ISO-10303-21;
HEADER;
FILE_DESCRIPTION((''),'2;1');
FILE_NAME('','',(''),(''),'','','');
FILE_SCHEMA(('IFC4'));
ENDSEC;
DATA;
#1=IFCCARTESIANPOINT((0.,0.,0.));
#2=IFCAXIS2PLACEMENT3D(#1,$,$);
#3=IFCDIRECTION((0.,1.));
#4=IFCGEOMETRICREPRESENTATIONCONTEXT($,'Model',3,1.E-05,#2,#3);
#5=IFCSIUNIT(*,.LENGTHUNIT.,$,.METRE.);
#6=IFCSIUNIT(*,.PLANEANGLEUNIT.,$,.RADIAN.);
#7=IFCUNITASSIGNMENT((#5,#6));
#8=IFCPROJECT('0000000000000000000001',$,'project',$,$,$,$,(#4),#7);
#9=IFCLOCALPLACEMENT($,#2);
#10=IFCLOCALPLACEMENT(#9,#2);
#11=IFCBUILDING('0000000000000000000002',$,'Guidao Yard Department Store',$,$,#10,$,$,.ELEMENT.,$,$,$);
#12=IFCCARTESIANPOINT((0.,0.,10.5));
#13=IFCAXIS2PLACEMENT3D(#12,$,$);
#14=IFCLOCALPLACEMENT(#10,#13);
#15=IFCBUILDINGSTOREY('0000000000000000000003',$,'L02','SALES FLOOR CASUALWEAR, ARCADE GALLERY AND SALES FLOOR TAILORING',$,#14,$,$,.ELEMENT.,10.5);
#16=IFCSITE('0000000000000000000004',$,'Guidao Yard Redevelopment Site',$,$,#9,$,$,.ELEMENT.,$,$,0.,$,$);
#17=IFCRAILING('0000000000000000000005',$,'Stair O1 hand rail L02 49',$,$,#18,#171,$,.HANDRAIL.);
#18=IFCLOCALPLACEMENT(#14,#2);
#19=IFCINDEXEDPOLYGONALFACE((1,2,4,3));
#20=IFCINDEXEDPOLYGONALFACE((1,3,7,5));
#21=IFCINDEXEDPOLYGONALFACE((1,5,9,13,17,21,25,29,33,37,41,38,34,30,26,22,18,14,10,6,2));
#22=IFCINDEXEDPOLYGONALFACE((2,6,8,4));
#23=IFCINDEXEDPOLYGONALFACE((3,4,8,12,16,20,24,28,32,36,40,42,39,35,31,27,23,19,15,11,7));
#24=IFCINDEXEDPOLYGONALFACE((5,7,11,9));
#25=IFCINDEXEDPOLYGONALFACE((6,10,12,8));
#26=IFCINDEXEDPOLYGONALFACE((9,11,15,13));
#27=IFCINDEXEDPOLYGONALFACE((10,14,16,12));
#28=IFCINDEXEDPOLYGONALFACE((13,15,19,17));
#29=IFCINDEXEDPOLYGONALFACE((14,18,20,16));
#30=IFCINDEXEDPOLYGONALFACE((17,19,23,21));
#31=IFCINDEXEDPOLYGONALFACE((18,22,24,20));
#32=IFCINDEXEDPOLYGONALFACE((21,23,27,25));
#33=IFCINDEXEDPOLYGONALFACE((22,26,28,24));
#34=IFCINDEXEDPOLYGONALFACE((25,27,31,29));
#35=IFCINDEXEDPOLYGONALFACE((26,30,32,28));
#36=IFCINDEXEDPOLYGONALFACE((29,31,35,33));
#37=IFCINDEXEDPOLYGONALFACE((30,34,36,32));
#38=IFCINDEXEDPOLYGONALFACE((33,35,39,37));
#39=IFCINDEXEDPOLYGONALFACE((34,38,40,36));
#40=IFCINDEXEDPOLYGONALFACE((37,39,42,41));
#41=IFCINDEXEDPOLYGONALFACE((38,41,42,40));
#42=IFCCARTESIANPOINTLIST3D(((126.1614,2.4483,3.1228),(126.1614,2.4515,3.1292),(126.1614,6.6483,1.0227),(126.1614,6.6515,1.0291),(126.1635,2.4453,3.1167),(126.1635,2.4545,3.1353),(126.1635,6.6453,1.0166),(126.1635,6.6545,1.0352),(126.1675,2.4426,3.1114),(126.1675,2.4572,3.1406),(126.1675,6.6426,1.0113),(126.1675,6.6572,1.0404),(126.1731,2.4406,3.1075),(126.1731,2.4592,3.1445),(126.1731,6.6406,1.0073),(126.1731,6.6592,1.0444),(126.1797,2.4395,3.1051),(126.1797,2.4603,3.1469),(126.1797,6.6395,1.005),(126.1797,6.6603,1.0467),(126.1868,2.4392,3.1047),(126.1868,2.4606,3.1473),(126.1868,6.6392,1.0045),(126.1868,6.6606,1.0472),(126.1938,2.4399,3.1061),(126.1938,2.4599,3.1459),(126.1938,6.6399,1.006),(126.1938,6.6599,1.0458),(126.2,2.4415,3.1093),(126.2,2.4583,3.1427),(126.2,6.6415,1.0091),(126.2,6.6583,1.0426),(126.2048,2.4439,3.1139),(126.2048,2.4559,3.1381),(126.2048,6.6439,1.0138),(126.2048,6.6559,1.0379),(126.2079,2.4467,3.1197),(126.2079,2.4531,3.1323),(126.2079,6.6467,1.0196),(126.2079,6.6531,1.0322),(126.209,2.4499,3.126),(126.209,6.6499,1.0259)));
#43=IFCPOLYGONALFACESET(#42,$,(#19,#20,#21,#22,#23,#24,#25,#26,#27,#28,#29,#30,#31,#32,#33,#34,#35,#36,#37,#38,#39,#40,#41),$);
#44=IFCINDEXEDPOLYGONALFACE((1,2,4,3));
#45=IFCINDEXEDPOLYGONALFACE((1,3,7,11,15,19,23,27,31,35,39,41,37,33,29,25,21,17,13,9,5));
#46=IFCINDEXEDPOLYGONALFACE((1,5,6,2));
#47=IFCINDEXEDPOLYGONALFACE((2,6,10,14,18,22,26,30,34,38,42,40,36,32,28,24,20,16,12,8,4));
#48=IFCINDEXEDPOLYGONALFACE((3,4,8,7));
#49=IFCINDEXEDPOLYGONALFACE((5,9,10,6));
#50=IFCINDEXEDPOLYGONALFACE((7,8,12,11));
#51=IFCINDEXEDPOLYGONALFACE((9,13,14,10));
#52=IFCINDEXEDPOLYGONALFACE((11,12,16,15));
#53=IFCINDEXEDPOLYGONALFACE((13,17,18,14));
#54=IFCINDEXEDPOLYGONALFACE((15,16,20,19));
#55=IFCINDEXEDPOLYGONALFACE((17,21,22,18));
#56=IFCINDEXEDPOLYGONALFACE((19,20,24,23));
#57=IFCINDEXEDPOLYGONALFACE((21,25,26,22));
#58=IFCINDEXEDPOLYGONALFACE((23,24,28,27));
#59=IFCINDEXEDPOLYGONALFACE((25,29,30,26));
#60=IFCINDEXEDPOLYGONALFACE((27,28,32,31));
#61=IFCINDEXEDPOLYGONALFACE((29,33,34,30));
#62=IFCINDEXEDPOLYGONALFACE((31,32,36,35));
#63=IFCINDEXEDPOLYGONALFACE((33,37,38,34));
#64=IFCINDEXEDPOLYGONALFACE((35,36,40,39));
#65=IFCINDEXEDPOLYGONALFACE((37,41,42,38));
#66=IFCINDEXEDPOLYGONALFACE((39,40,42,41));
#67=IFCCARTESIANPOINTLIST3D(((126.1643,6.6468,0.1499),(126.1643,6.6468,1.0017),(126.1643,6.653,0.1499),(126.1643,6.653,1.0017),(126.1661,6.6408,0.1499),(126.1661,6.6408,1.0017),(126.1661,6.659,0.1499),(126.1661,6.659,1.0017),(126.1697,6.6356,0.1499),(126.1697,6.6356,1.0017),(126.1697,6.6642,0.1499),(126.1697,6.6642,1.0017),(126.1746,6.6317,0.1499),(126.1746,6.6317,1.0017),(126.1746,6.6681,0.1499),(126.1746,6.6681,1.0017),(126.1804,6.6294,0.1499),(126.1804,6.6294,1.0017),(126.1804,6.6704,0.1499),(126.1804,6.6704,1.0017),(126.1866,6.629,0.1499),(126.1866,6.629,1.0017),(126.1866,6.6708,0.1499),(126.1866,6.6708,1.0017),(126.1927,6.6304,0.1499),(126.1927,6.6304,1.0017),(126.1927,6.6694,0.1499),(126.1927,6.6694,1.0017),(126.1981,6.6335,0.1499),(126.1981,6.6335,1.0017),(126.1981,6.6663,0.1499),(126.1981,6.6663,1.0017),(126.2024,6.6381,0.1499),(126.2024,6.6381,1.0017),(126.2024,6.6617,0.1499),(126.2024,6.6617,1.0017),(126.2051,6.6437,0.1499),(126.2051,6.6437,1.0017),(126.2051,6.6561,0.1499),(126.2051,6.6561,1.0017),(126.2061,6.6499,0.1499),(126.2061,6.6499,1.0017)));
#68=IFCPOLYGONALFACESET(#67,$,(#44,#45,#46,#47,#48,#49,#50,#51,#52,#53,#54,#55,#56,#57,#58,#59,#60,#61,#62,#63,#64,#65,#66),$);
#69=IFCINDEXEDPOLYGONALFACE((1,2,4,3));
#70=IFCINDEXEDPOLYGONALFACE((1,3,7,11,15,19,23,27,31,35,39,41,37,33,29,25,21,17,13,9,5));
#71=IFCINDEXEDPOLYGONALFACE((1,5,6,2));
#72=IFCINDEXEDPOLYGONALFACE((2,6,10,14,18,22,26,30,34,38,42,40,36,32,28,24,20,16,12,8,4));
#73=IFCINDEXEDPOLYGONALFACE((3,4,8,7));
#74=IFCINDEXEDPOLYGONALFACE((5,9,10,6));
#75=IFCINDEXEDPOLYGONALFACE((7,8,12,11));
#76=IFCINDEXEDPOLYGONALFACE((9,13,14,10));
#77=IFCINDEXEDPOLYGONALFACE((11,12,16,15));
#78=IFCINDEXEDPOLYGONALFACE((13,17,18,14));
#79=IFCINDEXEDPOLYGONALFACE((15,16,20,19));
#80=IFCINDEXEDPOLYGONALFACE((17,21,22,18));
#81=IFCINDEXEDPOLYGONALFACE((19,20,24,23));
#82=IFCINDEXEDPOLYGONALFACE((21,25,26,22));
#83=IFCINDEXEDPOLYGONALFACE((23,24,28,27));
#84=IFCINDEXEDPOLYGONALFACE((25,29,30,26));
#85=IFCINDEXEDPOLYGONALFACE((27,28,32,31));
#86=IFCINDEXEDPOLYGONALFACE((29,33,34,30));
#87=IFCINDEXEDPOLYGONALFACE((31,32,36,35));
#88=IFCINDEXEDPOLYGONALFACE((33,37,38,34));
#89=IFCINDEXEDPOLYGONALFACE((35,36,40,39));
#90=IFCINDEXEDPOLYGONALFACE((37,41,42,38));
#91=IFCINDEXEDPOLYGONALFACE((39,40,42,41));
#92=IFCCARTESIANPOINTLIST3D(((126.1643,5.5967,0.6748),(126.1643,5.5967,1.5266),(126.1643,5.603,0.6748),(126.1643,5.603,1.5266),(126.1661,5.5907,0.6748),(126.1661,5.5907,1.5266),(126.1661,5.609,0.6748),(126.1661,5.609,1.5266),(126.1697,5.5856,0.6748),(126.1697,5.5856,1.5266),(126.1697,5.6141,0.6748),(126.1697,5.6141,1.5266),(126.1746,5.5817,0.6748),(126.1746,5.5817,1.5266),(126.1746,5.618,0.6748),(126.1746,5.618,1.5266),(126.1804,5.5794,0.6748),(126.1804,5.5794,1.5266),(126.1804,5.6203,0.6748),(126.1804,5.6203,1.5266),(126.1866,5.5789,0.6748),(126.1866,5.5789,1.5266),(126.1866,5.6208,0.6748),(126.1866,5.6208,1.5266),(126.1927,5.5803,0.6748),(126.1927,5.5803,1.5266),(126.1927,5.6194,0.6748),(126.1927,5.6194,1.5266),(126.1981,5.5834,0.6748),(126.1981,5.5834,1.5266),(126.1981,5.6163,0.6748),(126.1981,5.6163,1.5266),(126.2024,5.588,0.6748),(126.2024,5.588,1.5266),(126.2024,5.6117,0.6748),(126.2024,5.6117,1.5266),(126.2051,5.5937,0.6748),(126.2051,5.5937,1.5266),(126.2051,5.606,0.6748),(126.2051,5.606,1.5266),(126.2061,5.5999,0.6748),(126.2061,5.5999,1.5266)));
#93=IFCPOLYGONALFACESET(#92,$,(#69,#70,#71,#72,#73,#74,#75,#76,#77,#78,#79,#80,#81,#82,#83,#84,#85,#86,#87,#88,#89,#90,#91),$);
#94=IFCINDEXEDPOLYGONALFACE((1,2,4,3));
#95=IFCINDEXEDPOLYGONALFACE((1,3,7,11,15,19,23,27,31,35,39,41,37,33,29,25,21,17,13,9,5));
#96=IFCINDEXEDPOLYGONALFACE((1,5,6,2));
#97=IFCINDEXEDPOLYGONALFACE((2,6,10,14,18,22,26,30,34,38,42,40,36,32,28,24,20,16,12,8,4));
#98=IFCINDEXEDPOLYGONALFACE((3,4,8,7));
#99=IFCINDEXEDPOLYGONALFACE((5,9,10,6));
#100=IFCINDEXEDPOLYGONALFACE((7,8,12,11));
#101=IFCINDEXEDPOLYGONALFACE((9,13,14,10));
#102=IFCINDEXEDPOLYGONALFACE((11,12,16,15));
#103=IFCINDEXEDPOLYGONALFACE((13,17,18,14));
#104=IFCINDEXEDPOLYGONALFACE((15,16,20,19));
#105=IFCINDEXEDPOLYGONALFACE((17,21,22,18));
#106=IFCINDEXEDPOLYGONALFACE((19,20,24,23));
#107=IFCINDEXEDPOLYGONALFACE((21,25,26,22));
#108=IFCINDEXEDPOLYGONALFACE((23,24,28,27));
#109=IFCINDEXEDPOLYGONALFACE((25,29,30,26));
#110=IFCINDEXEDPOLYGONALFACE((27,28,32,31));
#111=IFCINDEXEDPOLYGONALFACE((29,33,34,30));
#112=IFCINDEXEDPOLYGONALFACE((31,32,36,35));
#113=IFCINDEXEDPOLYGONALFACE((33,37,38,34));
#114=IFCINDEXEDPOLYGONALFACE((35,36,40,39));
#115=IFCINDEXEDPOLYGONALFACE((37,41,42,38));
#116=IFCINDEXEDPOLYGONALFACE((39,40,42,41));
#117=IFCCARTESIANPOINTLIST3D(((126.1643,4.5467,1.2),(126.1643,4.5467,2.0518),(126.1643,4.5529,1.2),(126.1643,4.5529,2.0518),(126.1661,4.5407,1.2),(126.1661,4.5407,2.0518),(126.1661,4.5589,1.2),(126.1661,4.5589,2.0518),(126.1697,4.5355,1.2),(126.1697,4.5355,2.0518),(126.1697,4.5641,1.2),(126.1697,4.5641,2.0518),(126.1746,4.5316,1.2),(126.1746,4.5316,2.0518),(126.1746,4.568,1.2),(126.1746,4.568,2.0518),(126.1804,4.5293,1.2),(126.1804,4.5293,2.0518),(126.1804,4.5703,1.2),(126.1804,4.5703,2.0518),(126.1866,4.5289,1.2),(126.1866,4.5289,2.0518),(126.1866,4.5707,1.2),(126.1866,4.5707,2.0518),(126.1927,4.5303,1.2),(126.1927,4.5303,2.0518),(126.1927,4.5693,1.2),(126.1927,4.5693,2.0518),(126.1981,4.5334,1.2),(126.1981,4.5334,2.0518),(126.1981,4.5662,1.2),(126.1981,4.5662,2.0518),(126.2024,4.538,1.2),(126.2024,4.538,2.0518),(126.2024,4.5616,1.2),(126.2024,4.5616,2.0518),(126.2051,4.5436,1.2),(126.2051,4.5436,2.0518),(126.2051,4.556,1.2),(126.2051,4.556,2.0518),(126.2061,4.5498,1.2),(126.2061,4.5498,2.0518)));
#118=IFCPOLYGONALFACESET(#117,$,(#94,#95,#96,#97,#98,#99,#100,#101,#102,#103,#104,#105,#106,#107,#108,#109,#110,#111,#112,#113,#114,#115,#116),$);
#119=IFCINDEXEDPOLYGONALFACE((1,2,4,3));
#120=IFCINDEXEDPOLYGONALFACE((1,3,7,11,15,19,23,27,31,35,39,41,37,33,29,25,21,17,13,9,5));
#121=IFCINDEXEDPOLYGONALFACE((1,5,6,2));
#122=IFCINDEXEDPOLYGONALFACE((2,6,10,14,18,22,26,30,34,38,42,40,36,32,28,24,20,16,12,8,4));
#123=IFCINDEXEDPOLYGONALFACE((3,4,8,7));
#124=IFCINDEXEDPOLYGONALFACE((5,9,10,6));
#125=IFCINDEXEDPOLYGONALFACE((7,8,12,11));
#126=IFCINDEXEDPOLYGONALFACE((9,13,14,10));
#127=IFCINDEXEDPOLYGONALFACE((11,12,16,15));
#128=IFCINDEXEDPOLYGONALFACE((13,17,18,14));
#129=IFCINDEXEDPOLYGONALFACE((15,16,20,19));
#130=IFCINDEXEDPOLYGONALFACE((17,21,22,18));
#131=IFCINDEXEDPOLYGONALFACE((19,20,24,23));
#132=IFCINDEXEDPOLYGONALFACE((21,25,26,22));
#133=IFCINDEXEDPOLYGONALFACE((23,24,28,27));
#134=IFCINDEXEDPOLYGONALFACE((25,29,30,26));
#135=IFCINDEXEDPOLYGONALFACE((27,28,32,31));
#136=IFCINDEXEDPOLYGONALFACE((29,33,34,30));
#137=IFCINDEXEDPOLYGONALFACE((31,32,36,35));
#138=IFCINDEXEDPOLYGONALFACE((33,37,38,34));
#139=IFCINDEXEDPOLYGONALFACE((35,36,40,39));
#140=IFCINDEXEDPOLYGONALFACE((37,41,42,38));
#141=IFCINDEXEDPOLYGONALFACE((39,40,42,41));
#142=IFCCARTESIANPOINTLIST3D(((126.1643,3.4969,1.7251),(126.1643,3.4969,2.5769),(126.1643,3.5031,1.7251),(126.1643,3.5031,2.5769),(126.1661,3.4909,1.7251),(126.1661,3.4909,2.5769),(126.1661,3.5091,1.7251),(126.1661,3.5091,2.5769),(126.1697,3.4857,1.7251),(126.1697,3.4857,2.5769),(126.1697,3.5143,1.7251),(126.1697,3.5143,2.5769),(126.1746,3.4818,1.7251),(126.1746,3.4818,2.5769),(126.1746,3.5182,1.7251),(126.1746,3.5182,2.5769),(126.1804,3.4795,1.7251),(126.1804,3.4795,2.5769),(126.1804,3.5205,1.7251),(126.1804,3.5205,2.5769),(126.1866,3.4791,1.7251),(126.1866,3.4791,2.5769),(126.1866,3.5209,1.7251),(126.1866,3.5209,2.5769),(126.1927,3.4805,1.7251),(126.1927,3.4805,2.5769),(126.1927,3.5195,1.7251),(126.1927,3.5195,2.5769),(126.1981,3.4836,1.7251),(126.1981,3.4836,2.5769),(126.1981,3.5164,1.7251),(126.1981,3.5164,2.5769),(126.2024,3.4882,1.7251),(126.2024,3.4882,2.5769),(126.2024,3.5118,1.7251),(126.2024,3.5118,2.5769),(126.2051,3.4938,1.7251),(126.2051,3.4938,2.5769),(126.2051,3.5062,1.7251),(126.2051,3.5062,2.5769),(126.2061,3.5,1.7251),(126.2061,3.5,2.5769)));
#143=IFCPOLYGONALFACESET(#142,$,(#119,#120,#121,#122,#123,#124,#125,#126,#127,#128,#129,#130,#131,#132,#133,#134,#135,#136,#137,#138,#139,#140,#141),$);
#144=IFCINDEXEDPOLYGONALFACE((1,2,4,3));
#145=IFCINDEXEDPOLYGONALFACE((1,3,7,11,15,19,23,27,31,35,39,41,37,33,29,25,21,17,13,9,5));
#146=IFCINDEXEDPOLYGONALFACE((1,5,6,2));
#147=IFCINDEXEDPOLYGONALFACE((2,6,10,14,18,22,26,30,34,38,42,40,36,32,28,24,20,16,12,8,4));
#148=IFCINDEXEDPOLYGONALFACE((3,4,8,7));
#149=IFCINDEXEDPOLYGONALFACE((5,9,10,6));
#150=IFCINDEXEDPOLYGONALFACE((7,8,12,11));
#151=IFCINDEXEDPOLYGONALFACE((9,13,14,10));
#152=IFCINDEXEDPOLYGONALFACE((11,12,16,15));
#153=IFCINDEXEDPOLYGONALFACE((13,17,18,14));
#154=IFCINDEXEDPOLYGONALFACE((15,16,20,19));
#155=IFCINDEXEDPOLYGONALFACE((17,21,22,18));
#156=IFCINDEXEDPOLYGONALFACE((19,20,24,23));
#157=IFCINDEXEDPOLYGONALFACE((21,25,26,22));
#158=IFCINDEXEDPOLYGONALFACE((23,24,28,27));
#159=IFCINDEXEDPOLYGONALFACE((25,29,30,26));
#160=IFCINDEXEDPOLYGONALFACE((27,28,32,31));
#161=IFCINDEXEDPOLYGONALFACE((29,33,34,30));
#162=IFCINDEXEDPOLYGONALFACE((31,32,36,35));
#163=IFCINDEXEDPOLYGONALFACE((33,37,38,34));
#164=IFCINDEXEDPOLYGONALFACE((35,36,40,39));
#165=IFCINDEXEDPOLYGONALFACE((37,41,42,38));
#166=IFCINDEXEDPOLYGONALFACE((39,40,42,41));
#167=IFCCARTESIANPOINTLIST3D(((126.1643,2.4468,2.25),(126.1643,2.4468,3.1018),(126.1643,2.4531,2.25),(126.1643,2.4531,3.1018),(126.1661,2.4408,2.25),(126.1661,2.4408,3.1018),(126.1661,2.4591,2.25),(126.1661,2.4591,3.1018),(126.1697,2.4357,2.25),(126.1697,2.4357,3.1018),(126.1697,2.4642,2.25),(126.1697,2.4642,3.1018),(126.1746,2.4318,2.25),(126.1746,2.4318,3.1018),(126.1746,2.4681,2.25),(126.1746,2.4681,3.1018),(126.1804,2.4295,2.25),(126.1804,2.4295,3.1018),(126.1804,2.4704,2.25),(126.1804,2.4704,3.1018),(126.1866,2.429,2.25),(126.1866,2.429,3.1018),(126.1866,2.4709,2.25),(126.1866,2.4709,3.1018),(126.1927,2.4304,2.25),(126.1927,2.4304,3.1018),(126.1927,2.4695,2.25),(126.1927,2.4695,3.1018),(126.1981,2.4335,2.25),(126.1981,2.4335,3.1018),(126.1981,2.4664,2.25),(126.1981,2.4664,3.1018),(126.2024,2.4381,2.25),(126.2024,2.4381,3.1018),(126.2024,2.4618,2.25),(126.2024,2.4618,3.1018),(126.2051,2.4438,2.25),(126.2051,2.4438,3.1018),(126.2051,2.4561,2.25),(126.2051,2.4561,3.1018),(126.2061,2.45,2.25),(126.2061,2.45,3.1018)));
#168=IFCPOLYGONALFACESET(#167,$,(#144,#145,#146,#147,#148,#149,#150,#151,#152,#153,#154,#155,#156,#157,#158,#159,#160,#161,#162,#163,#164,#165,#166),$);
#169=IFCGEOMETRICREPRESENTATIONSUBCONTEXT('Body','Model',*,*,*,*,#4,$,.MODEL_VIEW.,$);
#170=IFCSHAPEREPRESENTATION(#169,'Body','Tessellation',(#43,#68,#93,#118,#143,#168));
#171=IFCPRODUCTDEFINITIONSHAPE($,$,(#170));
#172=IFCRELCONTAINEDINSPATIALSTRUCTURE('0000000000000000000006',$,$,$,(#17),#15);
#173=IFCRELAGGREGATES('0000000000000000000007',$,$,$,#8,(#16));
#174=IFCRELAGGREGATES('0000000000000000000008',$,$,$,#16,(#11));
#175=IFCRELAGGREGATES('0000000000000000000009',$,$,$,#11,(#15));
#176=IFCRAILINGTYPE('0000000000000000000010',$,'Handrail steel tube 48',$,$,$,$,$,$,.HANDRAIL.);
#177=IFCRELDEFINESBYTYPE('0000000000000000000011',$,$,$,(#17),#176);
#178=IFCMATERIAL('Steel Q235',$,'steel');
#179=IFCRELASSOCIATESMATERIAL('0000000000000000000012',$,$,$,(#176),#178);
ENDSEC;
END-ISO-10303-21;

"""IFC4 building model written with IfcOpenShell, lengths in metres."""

from ifc_helpers import new_model, si_unit, direction, frame, origin, origin_2d, place, context, subcontext, project, spatial, circle, extrude, material, type_object, element, save


model = new_model("IFC4")

# Units and contexts
model_context = context("Model", 3, precision=1e-05, world=origin(), true_north=direction((0.0, 1.0)))
body_context = subcontext(model_context, "Body", "Model", "MODEL_VIEW")
ifc_project = project(units=[si_unit("LENGTHUNIT", "METRE"), si_unit("PLANEANGLEUNIT", "RADIAN")], contexts=[model_context])

# Site, building, storey
site_placement = place(None, origin())
site = spatial("IfcSite", under=ifc_project, at=site_placement, Name="Guidao Yard Redevelopment Site", CompositionType="ELEMENT", RefElevation=0.0)
building_placement = place(site_placement, origin())
building = spatial("IfcBuilding", under=site, at=building_placement, Name="Guidao Yard Department Store", CompositionType="ELEMENT")
storey_placement = place(building_placement, frame((0.0, 0.0, 10.5)))
storey = spatial("IfcBuildingStorey", under=building, at=storey_placement, Name="L02", Description="SALES FLOOR CASUALWEAR, ARCADE GALLERY AND SALES FLOOR TAILORING", CompositionType="ELEMENT", Elevation=10.5)

# Railing
ifc_material_1 = material(Name="Steel Q235", Category="steel")
railing_type_1 = type_object("IfcRailingType", Name="Handrail steel tube 48", PredefinedType="HANDRAIL", material=ifc_material_1)
for number, where, name in (
    (1, (126.1851, 6.6499, 0.1499), "Stair O1 hand rail L02 49"),
):
    element("IfcRailing", number, at=place(storey_placement, frame(where)), inside=storey, type_object=railing_type_1, Name=name, PredefinedType="HANDRAIL", context=body_context, shape_type="SweptSolid", body=[
        extrude(circle(Radius=0.0239, at=origin_2d()), frame((0.0, 0.0, 0.876), z_axis=(0.0, -0.894417, 0.447234), x_axis=(1.0, 0.0, 0.0)), (0.0, 0.0, 1.0), 4.6958),
        extrude(circle(Radius=0.021, at=origin_2d()), origin(), (0.0, 0.0, 1.0), 0.8518),
        extrude(circle(Radius=0.021, at=origin_2d()), frame((0.0, -1.05, 0.5249)), (0.0, 0.0, 1.0), 0.8518),
        extrude(circle(Radius=0.021, at=origin_2d()), frame((0.0, -2.1001, 1.05)), (0.0, 0.0, 1.0), 0.8518),
        extrude(circle(Radius=0.021, at=origin_2d()), frame((0.0, -3.1499, 1.5752)), (0.0, 0.0, 1.0), 0.8518),
        extrude(circle(Radius=0.021, at=origin_2d()), frame((0.0, -4.2, 2.1001)), (0.0, 0.0, 1.0), 0.8518),
    ])

save(model, "model.ifc")
